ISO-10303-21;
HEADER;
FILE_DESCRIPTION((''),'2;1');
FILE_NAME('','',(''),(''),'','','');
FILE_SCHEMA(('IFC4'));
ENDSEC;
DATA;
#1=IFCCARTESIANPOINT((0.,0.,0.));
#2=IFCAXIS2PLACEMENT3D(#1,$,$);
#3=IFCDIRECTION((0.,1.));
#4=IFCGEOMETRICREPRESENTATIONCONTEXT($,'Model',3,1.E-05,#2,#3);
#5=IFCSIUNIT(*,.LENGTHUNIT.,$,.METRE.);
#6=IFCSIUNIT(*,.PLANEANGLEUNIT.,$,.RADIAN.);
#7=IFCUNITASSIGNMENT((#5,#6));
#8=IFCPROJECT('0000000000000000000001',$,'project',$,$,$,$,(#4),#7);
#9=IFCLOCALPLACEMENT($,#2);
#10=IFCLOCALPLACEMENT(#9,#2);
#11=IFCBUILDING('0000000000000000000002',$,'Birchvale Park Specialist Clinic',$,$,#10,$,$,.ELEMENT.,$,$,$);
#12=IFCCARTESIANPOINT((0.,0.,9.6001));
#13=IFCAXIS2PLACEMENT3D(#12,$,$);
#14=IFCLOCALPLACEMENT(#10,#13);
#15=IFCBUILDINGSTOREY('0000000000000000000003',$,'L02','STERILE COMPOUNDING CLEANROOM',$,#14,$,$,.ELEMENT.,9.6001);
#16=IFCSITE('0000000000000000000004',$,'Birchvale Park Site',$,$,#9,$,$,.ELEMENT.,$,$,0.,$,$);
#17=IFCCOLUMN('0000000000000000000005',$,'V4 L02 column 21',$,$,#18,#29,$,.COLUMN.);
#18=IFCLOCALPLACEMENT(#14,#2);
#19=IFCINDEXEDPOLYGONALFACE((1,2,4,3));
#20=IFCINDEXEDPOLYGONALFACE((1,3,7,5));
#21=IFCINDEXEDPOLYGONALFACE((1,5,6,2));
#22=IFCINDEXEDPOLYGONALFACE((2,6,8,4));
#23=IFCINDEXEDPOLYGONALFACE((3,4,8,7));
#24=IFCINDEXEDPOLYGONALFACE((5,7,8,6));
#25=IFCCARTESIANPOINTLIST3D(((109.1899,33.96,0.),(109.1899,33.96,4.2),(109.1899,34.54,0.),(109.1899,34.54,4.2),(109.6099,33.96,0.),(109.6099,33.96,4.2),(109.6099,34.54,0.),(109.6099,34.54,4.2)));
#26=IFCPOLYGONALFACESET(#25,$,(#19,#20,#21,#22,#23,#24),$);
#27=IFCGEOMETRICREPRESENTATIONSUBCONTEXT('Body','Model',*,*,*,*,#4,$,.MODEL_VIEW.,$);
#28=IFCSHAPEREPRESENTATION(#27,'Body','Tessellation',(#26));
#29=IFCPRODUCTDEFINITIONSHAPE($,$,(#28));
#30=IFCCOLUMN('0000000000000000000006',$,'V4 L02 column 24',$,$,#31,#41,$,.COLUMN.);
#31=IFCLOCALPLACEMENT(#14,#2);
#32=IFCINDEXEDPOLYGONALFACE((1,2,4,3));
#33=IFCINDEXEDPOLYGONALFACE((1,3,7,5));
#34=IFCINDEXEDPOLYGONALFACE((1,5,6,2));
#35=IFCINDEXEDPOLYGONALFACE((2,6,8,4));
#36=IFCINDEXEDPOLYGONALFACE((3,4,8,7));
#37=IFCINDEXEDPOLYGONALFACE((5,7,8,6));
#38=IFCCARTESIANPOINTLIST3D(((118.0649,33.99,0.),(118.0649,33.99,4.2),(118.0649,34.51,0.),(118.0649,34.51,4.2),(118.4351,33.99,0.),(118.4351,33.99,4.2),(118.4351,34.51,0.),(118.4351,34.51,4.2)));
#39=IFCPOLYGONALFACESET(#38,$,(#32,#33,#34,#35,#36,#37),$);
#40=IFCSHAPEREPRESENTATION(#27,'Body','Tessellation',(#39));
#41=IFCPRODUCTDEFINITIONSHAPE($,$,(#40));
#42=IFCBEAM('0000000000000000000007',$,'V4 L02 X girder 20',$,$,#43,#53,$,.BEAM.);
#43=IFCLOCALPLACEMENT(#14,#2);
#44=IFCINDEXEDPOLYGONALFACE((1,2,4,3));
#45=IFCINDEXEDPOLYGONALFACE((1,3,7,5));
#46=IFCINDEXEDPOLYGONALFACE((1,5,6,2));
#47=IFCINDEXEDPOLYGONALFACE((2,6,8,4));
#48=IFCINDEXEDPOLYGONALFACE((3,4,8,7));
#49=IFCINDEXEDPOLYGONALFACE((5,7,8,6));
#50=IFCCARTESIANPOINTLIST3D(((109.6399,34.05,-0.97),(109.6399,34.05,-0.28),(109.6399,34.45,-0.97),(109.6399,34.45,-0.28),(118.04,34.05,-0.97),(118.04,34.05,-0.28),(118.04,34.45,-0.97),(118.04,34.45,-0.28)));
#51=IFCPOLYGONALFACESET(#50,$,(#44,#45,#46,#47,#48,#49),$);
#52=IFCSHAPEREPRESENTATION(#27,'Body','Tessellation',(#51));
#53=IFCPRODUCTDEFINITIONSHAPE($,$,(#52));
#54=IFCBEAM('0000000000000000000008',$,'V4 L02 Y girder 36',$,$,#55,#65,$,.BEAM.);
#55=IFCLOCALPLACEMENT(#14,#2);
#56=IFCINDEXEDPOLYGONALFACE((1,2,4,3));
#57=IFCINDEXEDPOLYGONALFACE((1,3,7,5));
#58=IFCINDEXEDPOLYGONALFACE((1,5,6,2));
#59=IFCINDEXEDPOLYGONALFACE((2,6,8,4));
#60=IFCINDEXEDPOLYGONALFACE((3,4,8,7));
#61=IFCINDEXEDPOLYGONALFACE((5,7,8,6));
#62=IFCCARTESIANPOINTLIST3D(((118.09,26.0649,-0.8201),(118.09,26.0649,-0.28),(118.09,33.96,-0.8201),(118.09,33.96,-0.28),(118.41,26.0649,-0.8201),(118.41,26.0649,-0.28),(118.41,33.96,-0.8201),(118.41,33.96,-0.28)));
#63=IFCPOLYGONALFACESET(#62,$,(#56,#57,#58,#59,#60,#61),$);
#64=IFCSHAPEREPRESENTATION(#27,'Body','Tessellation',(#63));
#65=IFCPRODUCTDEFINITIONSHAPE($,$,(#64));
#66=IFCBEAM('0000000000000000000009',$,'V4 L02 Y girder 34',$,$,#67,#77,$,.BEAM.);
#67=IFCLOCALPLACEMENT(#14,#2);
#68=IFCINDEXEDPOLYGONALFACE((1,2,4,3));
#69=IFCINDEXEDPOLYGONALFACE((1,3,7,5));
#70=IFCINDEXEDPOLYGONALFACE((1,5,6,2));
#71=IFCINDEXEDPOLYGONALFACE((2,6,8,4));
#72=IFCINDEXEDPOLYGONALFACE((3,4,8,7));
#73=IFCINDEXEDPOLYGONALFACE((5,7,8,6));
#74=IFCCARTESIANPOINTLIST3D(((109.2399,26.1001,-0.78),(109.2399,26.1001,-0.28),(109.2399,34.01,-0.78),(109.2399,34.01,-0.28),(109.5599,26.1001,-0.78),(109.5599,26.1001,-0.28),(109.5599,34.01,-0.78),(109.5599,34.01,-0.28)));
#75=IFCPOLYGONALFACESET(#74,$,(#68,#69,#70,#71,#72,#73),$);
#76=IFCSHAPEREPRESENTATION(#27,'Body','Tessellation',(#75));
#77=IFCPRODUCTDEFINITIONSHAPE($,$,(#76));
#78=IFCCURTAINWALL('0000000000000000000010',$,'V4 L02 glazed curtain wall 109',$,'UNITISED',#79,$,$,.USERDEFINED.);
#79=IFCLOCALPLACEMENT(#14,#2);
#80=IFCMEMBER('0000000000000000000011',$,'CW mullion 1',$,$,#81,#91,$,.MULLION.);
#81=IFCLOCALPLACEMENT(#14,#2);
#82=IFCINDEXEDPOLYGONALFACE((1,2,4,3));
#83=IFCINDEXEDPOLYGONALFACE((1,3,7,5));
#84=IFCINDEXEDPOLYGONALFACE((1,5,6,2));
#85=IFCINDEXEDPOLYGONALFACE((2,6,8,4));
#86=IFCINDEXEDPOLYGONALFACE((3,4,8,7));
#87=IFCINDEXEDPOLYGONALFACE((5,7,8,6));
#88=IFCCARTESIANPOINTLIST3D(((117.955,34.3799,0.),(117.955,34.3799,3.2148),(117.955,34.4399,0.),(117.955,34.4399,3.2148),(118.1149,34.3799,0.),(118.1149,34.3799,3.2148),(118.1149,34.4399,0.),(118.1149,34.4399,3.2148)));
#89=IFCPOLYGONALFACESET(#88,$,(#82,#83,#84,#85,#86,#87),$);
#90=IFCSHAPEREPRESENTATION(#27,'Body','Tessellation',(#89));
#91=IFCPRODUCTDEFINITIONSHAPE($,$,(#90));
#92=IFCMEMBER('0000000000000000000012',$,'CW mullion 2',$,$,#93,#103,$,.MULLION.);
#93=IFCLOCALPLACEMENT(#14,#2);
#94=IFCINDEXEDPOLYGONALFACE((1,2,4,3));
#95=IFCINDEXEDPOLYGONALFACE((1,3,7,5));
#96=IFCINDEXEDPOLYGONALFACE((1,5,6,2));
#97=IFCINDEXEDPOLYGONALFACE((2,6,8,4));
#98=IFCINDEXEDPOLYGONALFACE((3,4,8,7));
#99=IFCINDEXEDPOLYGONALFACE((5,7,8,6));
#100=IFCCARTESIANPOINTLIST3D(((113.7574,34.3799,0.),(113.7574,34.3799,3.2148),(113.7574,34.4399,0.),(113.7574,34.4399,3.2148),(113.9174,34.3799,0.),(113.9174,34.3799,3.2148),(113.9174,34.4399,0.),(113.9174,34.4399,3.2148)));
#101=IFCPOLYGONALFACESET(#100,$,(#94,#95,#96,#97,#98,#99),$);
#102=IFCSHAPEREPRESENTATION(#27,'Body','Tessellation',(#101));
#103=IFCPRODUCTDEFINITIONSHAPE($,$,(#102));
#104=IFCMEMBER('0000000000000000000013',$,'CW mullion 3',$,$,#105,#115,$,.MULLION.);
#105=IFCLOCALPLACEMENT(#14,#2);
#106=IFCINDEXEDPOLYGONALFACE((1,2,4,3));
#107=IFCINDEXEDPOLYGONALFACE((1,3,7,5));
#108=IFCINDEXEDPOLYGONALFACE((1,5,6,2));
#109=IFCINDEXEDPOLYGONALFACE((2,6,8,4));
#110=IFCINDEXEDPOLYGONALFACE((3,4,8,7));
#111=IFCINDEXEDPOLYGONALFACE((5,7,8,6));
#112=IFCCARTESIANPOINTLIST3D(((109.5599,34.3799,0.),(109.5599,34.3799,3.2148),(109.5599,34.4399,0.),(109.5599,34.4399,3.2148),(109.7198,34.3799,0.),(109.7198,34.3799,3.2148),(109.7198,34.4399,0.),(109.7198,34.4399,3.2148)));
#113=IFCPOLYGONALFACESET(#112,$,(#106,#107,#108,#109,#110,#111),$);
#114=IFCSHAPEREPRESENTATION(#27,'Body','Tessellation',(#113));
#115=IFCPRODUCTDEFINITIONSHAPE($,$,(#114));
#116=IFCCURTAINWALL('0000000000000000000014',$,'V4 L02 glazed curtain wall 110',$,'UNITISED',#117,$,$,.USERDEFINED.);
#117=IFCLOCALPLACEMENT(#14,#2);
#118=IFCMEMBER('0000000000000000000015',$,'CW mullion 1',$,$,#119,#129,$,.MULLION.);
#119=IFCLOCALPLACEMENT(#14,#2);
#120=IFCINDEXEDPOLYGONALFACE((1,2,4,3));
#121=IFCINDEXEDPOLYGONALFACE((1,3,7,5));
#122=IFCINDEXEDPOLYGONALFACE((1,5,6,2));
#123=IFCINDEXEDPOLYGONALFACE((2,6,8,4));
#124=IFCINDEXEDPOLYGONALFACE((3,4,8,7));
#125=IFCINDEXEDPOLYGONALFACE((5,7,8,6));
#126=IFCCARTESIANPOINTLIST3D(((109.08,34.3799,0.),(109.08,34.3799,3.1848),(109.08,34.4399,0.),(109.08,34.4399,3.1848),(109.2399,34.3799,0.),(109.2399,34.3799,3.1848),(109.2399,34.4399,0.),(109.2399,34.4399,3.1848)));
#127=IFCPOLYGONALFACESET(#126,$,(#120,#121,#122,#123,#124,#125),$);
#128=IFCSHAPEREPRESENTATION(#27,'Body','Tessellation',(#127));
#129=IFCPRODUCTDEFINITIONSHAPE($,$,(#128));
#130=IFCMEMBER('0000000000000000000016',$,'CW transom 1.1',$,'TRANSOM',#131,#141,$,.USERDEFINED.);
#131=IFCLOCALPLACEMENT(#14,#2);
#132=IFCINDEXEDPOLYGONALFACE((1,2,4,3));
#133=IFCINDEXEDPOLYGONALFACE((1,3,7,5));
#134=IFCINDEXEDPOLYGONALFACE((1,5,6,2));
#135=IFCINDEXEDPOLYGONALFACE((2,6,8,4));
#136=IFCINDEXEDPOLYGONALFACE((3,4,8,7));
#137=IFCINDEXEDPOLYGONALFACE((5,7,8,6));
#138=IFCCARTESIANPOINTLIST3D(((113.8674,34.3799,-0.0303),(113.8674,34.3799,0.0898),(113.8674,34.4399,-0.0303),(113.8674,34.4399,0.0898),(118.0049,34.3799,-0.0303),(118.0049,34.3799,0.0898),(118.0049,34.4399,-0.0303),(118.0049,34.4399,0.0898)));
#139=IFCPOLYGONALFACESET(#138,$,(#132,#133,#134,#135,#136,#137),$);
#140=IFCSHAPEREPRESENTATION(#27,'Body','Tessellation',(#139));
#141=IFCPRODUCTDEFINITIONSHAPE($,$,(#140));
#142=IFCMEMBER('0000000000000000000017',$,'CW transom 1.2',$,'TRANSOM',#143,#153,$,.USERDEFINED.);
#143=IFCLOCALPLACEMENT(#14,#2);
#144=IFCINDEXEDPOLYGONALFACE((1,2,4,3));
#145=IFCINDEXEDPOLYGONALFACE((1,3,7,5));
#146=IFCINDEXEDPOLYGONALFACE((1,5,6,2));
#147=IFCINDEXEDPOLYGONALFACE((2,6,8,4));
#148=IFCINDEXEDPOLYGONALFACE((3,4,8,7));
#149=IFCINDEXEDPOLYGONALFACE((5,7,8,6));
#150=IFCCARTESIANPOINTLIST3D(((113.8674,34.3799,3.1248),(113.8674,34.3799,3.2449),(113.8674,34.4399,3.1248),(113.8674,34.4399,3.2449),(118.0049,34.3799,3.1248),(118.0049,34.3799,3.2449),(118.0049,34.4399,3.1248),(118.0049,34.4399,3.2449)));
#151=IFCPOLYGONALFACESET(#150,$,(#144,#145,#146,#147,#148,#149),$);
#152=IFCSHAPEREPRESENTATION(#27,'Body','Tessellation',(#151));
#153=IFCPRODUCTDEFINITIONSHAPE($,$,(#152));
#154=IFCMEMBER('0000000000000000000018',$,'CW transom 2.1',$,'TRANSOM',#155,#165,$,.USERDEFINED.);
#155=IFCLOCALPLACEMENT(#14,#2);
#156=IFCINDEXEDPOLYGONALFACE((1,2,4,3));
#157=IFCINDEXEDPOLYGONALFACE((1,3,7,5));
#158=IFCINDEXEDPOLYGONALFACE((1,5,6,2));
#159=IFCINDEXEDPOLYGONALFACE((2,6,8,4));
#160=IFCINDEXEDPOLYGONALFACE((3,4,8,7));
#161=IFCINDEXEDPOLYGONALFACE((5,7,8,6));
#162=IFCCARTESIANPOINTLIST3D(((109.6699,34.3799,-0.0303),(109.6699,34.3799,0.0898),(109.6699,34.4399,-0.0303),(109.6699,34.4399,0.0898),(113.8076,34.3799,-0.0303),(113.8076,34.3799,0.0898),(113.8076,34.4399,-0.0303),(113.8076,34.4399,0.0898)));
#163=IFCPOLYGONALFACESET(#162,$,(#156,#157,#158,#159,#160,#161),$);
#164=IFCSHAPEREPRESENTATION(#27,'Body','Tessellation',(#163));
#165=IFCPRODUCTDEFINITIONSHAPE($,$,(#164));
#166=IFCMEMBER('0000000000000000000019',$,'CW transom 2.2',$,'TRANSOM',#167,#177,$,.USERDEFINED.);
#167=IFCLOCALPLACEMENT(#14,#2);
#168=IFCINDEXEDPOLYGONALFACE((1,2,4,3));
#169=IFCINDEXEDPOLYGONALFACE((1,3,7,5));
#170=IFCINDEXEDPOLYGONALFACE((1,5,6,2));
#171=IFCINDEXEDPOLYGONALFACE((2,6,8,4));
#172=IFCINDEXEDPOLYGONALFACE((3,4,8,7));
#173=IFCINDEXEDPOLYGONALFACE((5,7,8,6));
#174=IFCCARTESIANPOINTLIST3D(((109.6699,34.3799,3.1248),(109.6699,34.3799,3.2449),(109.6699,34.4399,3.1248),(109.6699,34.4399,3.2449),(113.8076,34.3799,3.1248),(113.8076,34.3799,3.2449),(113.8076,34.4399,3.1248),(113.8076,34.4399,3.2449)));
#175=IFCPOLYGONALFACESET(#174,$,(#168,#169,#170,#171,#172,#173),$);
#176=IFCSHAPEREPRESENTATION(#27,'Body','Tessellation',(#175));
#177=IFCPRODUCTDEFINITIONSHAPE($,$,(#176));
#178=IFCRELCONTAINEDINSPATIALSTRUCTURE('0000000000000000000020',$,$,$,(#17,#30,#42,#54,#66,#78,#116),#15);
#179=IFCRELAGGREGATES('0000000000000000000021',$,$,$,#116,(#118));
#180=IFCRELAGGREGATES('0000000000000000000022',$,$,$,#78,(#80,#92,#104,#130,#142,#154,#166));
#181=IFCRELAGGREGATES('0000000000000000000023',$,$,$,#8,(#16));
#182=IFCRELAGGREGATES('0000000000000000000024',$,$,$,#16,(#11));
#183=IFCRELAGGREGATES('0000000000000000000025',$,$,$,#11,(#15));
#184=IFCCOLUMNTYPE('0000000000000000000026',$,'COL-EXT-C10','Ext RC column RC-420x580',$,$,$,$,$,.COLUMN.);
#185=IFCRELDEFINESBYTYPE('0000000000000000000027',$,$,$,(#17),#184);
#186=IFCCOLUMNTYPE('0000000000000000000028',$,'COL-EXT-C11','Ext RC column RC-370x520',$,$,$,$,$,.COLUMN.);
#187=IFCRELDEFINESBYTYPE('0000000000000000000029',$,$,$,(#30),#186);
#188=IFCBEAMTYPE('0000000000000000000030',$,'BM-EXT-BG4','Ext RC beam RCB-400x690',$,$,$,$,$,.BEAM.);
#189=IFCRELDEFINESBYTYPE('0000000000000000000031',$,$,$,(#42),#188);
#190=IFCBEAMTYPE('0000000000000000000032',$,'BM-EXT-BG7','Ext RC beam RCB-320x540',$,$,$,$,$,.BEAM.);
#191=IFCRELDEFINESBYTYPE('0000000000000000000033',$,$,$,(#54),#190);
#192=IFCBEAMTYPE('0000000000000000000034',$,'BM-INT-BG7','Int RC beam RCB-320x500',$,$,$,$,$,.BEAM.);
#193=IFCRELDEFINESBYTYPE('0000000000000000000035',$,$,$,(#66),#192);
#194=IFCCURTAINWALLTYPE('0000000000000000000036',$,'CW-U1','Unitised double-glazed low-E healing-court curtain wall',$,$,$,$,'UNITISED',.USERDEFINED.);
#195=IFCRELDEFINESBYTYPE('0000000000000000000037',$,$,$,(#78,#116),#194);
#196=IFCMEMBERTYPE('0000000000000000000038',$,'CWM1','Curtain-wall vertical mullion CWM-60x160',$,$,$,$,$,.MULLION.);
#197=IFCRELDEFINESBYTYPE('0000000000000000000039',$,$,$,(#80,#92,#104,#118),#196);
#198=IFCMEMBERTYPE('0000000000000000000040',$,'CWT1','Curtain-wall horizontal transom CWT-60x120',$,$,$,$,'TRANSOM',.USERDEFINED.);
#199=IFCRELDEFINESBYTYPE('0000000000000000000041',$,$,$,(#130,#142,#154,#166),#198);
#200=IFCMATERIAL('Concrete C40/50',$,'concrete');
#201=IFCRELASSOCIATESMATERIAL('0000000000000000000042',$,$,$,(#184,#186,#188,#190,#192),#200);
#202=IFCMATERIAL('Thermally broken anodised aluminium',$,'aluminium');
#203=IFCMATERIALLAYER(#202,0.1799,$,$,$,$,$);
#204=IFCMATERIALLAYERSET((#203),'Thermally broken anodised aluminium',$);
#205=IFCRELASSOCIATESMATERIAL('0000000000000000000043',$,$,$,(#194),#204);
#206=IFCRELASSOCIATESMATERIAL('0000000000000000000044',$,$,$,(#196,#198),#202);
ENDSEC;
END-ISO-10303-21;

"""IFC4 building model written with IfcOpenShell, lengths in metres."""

from ifc_helpers import new_model, si_unit, direction, frame, origin, origin_2d, place, context, subcontext, project, spatial, rectangle, extrude, material, layer, layer_set, material_profile, profile_set, type_object, element, aggregate, save


model = new_model("IFC4")

# Units and contexts
model_context = context("Model", 3, precision=1e-05, world=origin(), true_north=direction((0.0, 1.0)))
body_context = subcontext(model_context, "Body", "Model", "MODEL_VIEW")
ifc_project = project(units=[si_unit("LENGTHUNIT", "METRE"), si_unit("PLANEANGLEUNIT", "RADIAN")], contexts=[model_context])

# Site, building, storey
site_placement = place(None, origin())
site = spatial("IfcSite", under=ifc_project, at=site_placement, Name="Birchvale Park Site", CompositionType="ELEMENT", RefElevation=0.0)
building_placement = place(site_placement, origin())
building = spatial("IfcBuilding", under=site, at=building_placement, Name="Birchvale Park Specialist Clinic", CompositionType="ELEMENT")
storey_placement = place(building_placement, frame((0.0, 0.0, 9.6001)))
storey = spatial("IfcBuildingStorey", under=building, at=storey_placement, Name="L02", Description="STERILE COMPOUNDING CLEANROOM", CompositionType="ELEMENT", Elevation=9.6001)

# Columns
ifc_material_1 = material(Name="Concrete C40/50", Category="concrete")
ifc_material_profile_1 = material_profile(ifc_material_1, rectangle(XDim=0.4199, YDim=0.5801, at=origin_2d()), Name="RC-420x580")
ifc_profile_set_1 = profile_set([ifc_material_profile_1], Name="Concrete C40/50")
column_type_1 = type_object("IfcColumnType", Name="COL-EXT-C10", Description="Ext RC column RC-420x580", PredefinedType="COLUMN", material=ifc_profile_set_1)
column_1_placement = place(storey_placement, frame((109.3999, 34.25, 0.0), z_axis=(0.0, 0.0, 1.0), x_axis=(1.0, 0.0, 0.0)))
element("IfcColumn", 1, at=column_1_placement, inside=storey, type_object=column_type_1, Name="V4 L02 column 21", PredefinedType="COLUMN", context=body_context, shape_type="SweptSolid", body=[
    extrude(rectangle(XDim=0.4199, YDim=0.5801, at=origin_2d()), origin(), (0.0, 0.0, 1.0), 4.2),
])
ifc_material_profile_2 = material_profile(ifc_material_1, rectangle(XDim=0.3701, YDim=0.52, at=origin_2d()), Name="RC-370x520")
ifc_profile_set_2 = profile_set([ifc_material_profile_2], Name="Concrete C40/50")
column_type_2 = type_object("IfcColumnType", Name="COL-EXT-C11", Description="Ext RC column RC-370x520", PredefinedType="COLUMN", material=ifc_profile_set_2)
column_2_placement = place(storey_placement, frame((118.25, 34.25, 0.0), z_axis=(0.0, 0.0, 1.0), x_axis=(1.0, 0.0, 0.0)))
element("IfcColumn", 2, at=column_2_placement, inside=storey, type_object=column_type_2, Name="V4 L02 column 24", PredefinedType="COLUMN", context=body_context, shape_type="SweptSolid", body=[
    extrude(rectangle(XDim=0.3701, YDim=0.52, at=origin_2d()), origin(), (0.0, 0.0, 1.0), 4.2),
])

# Beams
ifc_material_profile_3 = material_profile(ifc_material_1, rectangle(XDim=0.3999, YDim=0.6899, at=origin_2d()), Name="RCB-400x690")
ifc_profile_set_3 = profile_set([ifc_material_profile_3], Name="Concrete C40/50")
beam_type_1 = type_object("IfcBeamType", Name="BM-EXT-BG4", Description="Ext RC beam RCB-400x690", PredefinedType="BEAM", material=ifc_profile_set_3)
beam_1_placement = place(storey_placement, frame((109.6399, 34.25, -0.625), z_axis=(1.0, 0.0, 0.0), x_axis=(0.0, 1.0, 0.0)))
element("IfcBeam", 3, at=beam_1_placement, inside=storey, type_object=beam_type_1, Name="V4 L02 X girder 20", PredefinedType="BEAM", context=body_context, shape_type="SweptSolid", body=[
    extrude(rectangle(XDim=0.3999, YDim=0.6899, at=origin_2d()), origin(), (0.0, 0.0, 1.0), 8.4001),
])
ifc_material_profile_4 = material_profile(ifc_material_1, rectangle(XDim=0.3201, YDim=0.54, at=origin_2d()), Name="RCB-320x540")
ifc_profile_set_4 = profile_set([ifc_material_profile_4], Name="Concrete C40/50")
beam_type_2 = type_object("IfcBeamType", Name="BM-EXT-BG7", Description="Ext RC beam RCB-320x540", PredefinedType="BEAM", material=ifc_profile_set_4)
beam_2_placement = place(storey_placement, frame((118.25, 26.0649, -0.55), z_axis=(0.0, 1.0, 0.0), x_axis=(-1.0, 0.0, 0.0)))
element("IfcBeam", 4, at=beam_2_placement, inside=storey, type_object=beam_type_2, Name="V4 L02 Y girder 36", PredefinedType="BEAM", context=body_context, shape_type="SweptSolid", body=[
    extrude(rectangle(XDim=0.3201, YDim=0.54, at=origin_2d()), origin(), (0.0, 0.0, 1.0), 7.895),
])
ifc_material_profile_5 = material_profile(ifc_material_1, rectangle(XDim=0.3201, YDim=0.5, at=origin_2d()), Name="RCB-320x500")
ifc_profile_set_5 = profile_set([ifc_material_profile_5], Name="Concrete C40/50")
beam_type_3 = type_object("IfcBeamType", Name="BM-INT-BG7", Description="Int RC beam RCB-320x500", PredefinedType="BEAM", material=ifc_profile_set_5)
beam_3_placement = place(storey_placement, frame((109.3999, 26.1001, -0.53), z_axis=(0.0, 1.0, 0.0), x_axis=(-1.0, 0.0, 0.0)))
element("IfcBeam", 5, at=beam_3_placement, inside=storey, type_object=beam_type_3, Name="V4 L02 Y girder 34", PredefinedType="BEAM", context=body_context, shape_type="SweptSolid", body=[
    extrude(rectangle(XDim=0.3201, YDim=0.5, at=origin_2d()), origin(), (0.0, 0.0, 1.0), 7.9099),
])

# Curtain wall, members
ifc_material_2 = material(Name="Thermally broken anodised aluminium", Category="aluminium")
ifc_layer_1 = layer(ifc_material_2, 0.1799)
ifc_layer_set_1 = layer_set([ifc_layer_1], Name="Thermally broken anodised aluminium")
curtain_wall_type = type_object("IfcCurtainWallType", Name="CW-U1", Description="Unitised double-glazed low-E healing-court curtain wall", ElementType="UNITISED", PredefinedType="USERDEFINED", material=ifc_layer_set_1)
curtain_wall_1_placement = place(storey_placement, origin())
curtain_wall_1 = element("IfcCurtainWall", 6, at=curtain_wall_1_placement, inside=storey, type_object=curtain_wall_type, Name="V4 L02 glazed curtain wall 109", ObjectType="UNITISED", PredefinedType="USERDEFINED")
ifc_material_profile_6 = material_profile(ifc_material_2, rectangle(XDim=0.0601, YDim=0.1599, at=origin_2d()), Name="CWM-60x160")
ifc_profile_set_6 = profile_set([ifc_material_profile_6], Name="Thermally broken anodised aluminium")
member_type_1 = type_object("IfcMemberType", Name="CWM1", Description="Curtain-wall vertical mullion CWM-60x160", PredefinedType="MULLION", material=ifc_profile_set_6)
member_1_placement = place(storey_placement, frame((118.0349, 34.4099, 0.0), z_axis=(0.0, 0.0, 1.0), x_axis=(0.0, -1.0, 0.0)))
member_1 = element("IfcMember", 7, at=member_1_placement, type_object=member_type_1, Name="CW mullion 1", PredefinedType="MULLION", context=body_context, shape_type="SweptSolid", body=[
    extrude(rectangle(XDim=0.0601, YDim=0.1599, at=origin_2d()), origin(), (0.0, 0.0, 1.0), 3.2148),
])
member_2_placement = place(storey_placement, frame((113.8374, 34.4099, 0.0), z_axis=(0.0, 0.0, 1.0), x_axis=(0.0, -1.0, 0.0)))
member_2 = element("IfcMember", 8, at=member_2_placement, type_object=member_type_1, Name="CW mullion 2", PredefinedType="MULLION", context=body_context, shape_type="SweptSolid", body=[
    extrude(rectangle(XDim=0.0601, YDim=0.1599, at=origin_2d()), origin(), (0.0, 0.0, 1.0), 3.2148),
])
member_3_placement = place(storey_placement, frame((109.6399, 34.4099, 0.0), z_axis=(0.0, 0.0, 1.0), x_axis=(0.0, -1.0, 0.0)))
member_3 = element("IfcMember", 9, at=member_3_placement, type_object=member_type_1, Name="CW mullion 3", PredefinedType="MULLION", context=body_context, shape_type="SweptSolid", body=[
    extrude(rectangle(XDim=0.0601, YDim=0.1599, at=origin_2d()), origin(), (0.0, 0.0, 1.0), 3.2148),
])

# Curtain wall, member
curtain_wall_2_placement = place(storey_placement, origin())
curtain_wall_2 = element("IfcCurtainWall", 10, at=curtain_wall_2_placement, inside=storey, type_object=curtain_wall_type, Name="V4 L02 glazed curtain wall 110", ObjectType="UNITISED", PredefinedType="USERDEFINED")
member_4_placement = place(storey_placement, frame((109.1599, 34.4099, 0.0), z_axis=(0.0, 0.0, 1.0), x_axis=(0.0, -1.0, 0.0)))
member_4 = element("IfcMember", 11, at=member_4_placement, type_object=member_type_1, Name="CW mullion 1", PredefinedType="MULLION", context=body_context, shape_type="SweptSolid", body=[
    extrude(rectangle(XDim=0.0601, YDim=0.1599, at=origin_2d()), origin(), (0.0, 0.0, 1.0), 3.1848),
])
aggregate(curtain_wall_2, [member_4])

# Members
ifc_material_profile_7 = material_profile(ifc_material_2, rectangle(XDim=0.0601, YDim=0.1201, at=origin_2d()), Name="CWT-60x120")
ifc_profile_set_7 = profile_set([ifc_material_profile_7], Name="Thermally broken anodised aluminium")
member_type_2 = type_object("IfcMemberType", Name="CWT1", Description="Curtain-wall horizontal transom CWT-60x120", ElementType="TRANSOM", PredefinedType="USERDEFINED", material=ifc_profile_set_7)
member_5_placement = place(storey_placement, frame((118.0049, 34.4099, 0.0298), z_axis=(-1.0, 0.0, 0.0), x_axis=(0.0, -1.0, 0.0)))
member_5 = element("IfcMember", 12, at=member_5_placement, type_object=member_type_2, Name="CW transom 1.1", ObjectType="TRANSOM", PredefinedType="USERDEFINED", context=body_context, shape_type="SweptSolid", body=[
    extrude(rectangle(XDim=0.0601, YDim=0.1201, at=origin_2d()), origin(), (0.0, 0.0, 1.0), 4.1375),
])
member_6_placement = place(storey_placement, frame((118.0049, 34.4099, 3.1848), z_axis=(-1.0, 0.0, 0.0), x_axis=(0.0, -1.0, 0.0)))
member_6 = element("IfcMember", 13, at=member_6_placement, type_object=member_type_2, Name="CW transom 1.2", ObjectType="TRANSOM", PredefinedType="USERDEFINED", context=body_context, shape_type="SweptSolid", body=[
    extrude(rectangle(XDim=0.0601, YDim=0.1201, at=origin_2d()), origin(), (0.0, 0.0, 1.0), 4.1375),
])
member_7_placement = place(storey_placement, frame((113.8076, 34.4099, 0.0298), z_axis=(-1.0, 0.0, 0.0), x_axis=(0.0, -1.0, 0.0)))
member_7 = element("IfcMember", 14, at=member_7_placement, type_object=member_type_2, Name="CW transom 2.1", ObjectType="TRANSOM", PredefinedType="USERDEFINED", context=body_context, shape_type="SweptSolid", body=[
    extrude(rectangle(XDim=0.0601, YDim=0.1201, at=origin_2d()), origin(), (0.0, 0.0, 1.0), 4.1377),
])
member_8_placement = place(storey_placement, frame((113.8076, 34.4099, 3.1848), z_axis=(-1.0, 0.0, 0.0), x_axis=(0.0, -1.0, 0.0)))
member_8 = element("IfcMember", 15, at=member_8_placement, type_object=member_type_2, Name="CW transom 2.2", ObjectType="TRANSOM", PredefinedType="USERDEFINED", context=body_context, shape_type="SweptSolid", body=[
    extrude(rectangle(XDim=0.0601, YDim=0.1201, at=origin_2d()), origin(), (0.0, 0.0, 1.0), 4.1377),
])

aggregate(curtain_wall_1, [member_1, member_2, member_3, member_5, member_6, member_7, member_8])

save(model, "model.ifc")
